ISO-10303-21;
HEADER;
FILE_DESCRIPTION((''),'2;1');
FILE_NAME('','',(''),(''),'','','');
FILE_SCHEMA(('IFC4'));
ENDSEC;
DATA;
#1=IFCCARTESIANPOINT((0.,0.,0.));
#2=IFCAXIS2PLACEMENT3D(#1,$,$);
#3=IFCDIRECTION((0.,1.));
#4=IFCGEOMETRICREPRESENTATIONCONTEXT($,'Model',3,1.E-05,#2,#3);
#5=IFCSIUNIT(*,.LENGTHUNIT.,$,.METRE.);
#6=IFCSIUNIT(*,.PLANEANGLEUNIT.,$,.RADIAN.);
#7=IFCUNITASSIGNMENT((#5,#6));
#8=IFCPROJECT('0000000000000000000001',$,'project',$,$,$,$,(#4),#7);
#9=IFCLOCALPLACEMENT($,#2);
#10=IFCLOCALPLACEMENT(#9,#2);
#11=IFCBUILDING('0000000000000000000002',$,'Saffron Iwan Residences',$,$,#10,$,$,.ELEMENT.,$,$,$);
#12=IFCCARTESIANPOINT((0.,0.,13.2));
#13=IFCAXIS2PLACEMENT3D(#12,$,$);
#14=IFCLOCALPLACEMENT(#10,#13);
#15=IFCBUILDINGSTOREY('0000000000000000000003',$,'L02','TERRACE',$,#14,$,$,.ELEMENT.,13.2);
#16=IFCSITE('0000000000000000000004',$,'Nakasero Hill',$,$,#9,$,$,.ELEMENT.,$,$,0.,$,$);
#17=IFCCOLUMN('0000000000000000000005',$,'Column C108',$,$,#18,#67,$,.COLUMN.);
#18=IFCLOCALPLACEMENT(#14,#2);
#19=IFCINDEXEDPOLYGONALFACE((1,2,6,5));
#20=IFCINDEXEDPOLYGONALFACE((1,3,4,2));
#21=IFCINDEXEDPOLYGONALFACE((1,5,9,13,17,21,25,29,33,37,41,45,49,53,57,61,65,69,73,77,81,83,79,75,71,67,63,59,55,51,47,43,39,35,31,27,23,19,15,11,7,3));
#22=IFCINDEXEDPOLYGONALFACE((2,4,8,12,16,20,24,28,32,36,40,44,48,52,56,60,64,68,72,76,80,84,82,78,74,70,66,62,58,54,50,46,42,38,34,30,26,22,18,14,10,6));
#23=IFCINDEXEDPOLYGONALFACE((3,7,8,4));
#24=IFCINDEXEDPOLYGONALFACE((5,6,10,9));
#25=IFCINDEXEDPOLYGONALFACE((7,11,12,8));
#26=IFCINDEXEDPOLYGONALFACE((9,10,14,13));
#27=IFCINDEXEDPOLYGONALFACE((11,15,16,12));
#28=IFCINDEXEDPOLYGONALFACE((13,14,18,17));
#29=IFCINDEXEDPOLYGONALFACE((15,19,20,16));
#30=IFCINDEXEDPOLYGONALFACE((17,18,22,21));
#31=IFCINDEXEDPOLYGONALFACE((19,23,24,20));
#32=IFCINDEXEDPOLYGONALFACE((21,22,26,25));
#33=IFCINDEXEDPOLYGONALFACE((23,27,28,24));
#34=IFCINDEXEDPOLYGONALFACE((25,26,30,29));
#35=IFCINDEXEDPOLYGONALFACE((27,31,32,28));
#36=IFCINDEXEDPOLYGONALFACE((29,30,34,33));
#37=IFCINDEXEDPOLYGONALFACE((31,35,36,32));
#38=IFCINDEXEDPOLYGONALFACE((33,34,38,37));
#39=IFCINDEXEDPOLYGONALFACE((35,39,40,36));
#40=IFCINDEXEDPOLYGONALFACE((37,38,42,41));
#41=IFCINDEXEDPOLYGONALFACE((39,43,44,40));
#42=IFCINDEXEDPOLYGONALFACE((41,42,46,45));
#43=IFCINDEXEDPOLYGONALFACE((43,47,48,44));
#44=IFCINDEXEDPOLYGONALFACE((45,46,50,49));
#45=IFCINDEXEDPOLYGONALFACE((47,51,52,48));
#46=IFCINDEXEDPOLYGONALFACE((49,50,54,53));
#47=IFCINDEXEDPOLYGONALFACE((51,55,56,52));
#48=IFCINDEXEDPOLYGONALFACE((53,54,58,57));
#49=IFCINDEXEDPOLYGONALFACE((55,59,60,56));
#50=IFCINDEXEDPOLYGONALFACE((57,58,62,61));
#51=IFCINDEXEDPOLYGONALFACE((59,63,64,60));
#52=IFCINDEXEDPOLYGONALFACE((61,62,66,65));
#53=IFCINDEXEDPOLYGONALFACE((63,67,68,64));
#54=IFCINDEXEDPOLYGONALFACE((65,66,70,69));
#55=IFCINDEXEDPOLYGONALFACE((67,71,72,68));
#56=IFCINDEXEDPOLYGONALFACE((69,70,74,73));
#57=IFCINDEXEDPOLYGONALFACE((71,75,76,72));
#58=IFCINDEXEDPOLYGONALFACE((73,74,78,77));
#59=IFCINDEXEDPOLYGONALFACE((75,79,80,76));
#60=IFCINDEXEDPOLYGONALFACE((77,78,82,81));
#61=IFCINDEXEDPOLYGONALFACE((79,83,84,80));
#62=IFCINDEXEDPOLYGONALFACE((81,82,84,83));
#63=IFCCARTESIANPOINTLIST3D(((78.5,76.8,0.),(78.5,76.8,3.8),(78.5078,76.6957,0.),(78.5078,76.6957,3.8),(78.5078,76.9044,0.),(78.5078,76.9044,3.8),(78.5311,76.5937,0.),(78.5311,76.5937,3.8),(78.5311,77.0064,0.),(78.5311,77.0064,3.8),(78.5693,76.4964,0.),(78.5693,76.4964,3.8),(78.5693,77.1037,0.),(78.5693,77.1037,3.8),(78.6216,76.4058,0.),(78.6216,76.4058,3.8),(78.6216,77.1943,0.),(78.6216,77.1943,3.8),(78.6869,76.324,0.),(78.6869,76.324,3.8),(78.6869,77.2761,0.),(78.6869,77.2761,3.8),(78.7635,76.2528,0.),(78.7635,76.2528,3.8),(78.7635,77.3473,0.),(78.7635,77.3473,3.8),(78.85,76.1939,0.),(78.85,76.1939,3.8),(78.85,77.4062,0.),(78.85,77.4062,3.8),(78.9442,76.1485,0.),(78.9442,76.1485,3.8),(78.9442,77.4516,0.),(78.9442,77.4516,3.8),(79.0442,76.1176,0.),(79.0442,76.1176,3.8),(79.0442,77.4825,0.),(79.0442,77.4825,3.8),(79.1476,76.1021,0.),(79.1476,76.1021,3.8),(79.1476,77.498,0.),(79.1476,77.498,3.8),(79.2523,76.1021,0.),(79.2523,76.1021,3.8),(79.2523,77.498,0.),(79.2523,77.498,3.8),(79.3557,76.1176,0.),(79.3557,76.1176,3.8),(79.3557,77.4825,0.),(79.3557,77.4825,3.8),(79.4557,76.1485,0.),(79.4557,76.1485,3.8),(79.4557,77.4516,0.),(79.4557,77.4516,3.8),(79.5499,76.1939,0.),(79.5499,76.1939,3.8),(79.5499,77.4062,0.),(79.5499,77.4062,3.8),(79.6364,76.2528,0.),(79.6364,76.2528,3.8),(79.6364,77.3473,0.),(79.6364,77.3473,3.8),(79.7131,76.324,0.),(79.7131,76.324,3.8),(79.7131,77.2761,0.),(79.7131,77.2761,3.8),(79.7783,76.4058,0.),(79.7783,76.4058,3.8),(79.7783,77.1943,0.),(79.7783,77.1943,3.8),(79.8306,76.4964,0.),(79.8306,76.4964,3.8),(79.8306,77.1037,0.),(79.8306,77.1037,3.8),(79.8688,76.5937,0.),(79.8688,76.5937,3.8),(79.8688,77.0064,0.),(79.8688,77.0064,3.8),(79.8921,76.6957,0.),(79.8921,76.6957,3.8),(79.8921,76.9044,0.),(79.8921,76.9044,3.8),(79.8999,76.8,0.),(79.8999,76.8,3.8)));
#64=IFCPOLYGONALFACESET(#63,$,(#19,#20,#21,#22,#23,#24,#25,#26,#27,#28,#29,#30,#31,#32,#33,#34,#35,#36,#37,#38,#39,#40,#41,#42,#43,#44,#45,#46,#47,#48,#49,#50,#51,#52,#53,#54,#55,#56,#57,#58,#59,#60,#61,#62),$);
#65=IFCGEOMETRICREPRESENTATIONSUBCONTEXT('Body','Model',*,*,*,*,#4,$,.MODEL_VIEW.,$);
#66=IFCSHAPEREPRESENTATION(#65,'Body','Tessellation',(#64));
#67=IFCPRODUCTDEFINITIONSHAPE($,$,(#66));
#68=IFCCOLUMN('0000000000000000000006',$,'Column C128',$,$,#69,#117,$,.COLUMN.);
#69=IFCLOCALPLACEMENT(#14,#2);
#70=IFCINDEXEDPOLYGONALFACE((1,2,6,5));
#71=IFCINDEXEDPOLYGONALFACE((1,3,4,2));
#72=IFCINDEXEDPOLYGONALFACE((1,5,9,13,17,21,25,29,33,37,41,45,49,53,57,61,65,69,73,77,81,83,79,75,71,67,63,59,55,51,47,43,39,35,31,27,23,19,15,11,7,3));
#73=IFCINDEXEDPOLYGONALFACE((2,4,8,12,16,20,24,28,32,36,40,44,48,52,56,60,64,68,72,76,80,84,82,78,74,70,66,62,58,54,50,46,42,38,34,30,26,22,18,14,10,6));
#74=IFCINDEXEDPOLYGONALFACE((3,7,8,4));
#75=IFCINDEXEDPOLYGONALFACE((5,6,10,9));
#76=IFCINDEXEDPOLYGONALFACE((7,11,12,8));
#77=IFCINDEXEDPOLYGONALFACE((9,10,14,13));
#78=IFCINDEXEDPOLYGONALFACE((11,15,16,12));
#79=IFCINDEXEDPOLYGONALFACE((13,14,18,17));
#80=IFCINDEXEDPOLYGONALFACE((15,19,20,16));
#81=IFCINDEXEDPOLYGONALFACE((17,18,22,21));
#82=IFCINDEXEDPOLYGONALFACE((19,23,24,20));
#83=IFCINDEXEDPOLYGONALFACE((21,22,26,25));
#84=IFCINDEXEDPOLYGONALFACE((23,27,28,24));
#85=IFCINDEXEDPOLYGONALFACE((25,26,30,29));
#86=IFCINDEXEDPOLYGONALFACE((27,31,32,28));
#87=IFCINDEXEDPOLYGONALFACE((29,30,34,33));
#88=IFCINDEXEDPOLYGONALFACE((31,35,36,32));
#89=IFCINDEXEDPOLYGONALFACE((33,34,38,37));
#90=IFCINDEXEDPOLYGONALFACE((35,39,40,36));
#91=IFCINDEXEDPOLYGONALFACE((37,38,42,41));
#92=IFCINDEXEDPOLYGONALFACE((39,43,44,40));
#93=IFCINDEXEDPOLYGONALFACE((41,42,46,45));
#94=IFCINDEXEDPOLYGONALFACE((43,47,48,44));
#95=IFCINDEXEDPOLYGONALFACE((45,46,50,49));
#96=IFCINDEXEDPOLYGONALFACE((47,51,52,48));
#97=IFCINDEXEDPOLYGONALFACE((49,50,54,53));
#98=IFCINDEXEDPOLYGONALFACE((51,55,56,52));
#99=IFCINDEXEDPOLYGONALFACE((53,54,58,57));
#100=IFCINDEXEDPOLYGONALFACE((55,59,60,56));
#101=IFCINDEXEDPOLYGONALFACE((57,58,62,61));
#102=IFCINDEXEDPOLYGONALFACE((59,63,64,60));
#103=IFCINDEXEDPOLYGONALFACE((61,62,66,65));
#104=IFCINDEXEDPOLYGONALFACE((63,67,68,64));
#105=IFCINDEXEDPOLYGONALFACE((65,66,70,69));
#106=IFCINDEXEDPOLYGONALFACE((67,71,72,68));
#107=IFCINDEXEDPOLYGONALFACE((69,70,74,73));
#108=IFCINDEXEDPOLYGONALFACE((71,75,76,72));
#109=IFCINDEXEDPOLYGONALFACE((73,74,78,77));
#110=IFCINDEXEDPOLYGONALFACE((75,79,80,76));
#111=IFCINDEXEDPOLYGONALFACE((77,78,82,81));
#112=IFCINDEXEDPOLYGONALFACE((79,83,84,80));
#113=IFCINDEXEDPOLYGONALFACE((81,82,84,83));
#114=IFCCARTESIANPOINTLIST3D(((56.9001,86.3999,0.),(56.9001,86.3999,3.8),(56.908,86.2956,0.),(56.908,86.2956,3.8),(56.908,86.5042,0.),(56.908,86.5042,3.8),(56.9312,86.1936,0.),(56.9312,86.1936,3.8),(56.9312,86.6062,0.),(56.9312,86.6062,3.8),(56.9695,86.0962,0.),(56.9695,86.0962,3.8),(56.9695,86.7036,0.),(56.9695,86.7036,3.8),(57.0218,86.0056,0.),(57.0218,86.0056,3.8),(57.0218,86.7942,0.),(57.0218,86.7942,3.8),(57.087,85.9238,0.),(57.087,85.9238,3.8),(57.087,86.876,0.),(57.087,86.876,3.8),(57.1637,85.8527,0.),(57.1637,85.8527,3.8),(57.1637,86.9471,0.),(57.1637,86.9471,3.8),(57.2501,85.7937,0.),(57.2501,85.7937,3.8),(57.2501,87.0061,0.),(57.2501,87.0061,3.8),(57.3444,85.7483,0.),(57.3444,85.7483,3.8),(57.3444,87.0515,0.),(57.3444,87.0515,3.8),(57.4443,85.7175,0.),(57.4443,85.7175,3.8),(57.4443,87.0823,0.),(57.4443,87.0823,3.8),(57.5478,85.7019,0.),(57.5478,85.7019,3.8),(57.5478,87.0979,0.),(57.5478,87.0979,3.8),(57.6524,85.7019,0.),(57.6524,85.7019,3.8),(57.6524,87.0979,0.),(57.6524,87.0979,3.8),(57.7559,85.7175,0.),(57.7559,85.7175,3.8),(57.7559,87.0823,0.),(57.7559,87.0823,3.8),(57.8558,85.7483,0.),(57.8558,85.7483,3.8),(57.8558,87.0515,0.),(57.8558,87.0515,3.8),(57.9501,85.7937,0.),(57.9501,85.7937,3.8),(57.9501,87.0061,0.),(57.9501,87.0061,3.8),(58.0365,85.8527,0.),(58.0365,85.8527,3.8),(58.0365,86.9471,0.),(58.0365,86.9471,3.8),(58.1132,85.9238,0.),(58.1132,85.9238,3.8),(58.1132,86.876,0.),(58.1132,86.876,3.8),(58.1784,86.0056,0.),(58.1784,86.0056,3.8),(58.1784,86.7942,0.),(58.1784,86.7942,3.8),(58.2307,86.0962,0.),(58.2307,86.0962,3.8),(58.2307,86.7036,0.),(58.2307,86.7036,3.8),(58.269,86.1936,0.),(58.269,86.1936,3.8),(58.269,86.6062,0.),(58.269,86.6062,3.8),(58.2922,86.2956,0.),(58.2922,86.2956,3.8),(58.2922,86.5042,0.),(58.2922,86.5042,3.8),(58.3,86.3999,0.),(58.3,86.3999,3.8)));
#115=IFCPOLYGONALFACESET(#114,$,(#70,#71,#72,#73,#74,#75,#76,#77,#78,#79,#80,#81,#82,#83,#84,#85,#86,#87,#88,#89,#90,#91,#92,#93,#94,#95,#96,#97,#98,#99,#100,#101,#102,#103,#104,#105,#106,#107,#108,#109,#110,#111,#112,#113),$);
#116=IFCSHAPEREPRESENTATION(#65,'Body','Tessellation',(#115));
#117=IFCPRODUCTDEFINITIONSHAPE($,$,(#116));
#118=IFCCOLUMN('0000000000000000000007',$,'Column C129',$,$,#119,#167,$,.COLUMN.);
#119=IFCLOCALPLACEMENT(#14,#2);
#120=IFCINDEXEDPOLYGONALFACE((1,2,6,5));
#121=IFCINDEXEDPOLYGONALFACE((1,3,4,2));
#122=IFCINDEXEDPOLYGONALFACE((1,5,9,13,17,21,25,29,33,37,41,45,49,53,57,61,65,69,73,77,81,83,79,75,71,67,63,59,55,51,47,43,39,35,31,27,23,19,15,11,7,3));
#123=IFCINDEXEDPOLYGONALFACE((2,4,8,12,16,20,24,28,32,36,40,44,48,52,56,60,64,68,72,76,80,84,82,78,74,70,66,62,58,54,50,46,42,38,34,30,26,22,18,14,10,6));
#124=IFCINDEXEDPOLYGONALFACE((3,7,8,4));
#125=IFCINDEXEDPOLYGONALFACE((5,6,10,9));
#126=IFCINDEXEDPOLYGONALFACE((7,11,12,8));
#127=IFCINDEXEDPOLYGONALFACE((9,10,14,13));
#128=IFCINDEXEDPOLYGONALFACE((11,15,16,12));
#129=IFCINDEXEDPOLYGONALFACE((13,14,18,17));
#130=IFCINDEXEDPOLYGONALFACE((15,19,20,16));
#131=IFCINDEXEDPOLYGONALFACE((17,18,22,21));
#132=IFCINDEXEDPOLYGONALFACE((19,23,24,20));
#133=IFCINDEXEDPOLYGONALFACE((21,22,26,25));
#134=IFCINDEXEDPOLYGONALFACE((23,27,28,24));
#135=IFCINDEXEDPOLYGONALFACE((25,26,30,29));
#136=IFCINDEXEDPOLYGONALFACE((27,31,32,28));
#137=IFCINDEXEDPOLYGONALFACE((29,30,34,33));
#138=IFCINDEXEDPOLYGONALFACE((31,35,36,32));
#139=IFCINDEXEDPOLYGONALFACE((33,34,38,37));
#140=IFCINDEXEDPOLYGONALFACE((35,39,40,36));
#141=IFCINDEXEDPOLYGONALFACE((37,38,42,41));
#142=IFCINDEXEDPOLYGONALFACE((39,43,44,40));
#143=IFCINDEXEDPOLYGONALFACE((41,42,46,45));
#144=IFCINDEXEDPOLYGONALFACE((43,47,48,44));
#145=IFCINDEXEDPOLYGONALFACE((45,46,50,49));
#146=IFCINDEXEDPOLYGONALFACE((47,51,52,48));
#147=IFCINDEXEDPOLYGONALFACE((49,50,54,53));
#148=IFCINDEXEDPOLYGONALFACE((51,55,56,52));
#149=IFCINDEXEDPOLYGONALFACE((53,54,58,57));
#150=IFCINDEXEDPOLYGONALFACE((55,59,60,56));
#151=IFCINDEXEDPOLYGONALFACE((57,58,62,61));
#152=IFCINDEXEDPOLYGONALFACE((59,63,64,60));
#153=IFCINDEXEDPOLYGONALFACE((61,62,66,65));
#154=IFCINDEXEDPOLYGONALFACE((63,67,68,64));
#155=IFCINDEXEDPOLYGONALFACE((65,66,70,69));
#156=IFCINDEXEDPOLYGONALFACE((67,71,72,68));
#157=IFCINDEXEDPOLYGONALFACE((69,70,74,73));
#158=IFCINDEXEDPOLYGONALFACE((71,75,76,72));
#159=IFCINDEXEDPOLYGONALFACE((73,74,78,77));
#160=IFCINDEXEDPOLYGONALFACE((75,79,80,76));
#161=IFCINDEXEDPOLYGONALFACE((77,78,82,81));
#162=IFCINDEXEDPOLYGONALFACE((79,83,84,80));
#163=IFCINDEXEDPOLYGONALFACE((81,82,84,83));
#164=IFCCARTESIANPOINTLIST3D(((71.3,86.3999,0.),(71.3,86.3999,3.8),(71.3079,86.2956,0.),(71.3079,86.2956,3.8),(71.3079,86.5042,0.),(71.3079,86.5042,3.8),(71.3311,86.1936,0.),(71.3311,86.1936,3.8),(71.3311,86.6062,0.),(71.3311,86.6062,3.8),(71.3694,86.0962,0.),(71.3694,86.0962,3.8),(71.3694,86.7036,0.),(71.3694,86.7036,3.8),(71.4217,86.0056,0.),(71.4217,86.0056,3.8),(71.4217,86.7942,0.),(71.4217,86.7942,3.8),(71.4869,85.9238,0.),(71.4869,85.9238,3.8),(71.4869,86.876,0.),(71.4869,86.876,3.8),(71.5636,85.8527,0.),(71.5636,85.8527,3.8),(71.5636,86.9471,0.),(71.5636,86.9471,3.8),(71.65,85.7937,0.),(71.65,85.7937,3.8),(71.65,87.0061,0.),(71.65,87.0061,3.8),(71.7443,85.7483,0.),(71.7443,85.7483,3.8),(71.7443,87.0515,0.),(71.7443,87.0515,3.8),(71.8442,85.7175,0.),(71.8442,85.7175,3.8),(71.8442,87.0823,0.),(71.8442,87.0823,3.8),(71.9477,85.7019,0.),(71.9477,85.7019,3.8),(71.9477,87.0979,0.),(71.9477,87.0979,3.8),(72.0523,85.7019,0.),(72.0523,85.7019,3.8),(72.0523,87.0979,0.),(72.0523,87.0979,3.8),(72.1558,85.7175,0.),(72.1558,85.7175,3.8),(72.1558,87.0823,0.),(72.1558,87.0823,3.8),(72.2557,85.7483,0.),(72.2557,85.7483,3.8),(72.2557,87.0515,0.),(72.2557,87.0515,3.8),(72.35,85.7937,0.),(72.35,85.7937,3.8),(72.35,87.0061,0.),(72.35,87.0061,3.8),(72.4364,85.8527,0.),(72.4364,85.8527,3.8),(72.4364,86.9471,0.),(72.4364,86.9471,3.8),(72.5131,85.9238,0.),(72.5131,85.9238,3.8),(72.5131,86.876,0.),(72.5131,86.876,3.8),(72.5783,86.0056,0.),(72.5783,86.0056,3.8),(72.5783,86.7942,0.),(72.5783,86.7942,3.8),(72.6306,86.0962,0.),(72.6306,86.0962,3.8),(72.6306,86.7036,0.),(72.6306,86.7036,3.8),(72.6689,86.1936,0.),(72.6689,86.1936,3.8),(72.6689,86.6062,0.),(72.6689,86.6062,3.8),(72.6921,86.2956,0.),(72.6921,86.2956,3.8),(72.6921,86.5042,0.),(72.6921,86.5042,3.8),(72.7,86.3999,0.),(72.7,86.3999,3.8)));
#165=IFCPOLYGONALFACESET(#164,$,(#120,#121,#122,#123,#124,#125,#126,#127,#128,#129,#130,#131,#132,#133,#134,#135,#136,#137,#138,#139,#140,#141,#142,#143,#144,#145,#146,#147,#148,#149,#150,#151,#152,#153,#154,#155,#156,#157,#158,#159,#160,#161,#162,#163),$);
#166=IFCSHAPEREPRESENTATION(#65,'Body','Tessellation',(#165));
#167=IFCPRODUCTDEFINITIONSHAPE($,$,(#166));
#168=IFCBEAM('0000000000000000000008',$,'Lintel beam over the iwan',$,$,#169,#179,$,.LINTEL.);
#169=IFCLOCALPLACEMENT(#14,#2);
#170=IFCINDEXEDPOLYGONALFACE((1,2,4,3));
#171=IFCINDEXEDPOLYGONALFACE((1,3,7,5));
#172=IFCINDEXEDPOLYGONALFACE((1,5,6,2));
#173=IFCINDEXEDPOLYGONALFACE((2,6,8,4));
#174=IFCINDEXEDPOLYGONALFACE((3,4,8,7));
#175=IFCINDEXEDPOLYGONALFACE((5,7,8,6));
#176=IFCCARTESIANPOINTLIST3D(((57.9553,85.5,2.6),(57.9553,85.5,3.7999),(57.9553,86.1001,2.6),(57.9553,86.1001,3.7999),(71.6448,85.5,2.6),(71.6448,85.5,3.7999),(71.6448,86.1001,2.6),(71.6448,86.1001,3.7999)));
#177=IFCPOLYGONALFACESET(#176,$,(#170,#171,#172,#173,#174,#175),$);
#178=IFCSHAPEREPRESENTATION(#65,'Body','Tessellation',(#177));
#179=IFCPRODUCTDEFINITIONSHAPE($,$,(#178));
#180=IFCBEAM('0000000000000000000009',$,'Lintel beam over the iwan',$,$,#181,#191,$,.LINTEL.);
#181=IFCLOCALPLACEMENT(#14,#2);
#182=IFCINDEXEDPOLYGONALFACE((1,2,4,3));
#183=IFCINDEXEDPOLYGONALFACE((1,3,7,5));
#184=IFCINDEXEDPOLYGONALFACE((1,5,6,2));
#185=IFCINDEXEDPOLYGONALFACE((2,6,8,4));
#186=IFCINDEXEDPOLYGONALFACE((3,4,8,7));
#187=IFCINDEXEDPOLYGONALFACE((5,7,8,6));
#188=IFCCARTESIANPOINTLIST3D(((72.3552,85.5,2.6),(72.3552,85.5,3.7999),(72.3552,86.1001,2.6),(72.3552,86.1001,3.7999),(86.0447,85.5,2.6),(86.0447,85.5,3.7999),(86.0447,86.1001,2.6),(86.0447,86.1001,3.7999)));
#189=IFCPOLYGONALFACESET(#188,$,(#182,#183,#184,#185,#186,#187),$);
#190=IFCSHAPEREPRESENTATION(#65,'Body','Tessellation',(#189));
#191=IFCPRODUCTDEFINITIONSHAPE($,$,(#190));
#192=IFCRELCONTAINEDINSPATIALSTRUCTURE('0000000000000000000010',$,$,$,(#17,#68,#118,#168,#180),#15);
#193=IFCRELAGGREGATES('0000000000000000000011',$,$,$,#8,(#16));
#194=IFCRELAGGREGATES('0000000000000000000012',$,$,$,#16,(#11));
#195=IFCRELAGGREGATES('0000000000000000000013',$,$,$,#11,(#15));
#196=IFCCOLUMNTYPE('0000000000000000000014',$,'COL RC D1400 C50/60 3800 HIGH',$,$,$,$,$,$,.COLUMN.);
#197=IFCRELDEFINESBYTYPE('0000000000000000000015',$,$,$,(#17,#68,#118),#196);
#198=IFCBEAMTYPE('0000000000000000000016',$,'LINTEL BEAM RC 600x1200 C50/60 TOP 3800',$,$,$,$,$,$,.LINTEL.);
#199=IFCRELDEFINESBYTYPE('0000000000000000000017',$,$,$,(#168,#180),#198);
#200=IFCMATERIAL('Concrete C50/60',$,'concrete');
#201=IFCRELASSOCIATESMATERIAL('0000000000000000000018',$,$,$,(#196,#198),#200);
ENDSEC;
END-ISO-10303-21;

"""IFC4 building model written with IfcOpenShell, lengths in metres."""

from ifc_helpers import new_model, si_unit, direction, frame, origin, origin_2d, place, context, subcontext, project, spatial, rectangle, circle, extrude, source, transform, mapped, material, material_profile, profile_set, type_object, element, save


model = new_model("IFC4")

# Units and contexts
model_context = context("Model", 3, precision=1e-05, world=origin(), true_north=direction((0.0, 1.0)))
body_context = subcontext(model_context, "Body", "Model", "MODEL_VIEW")
ifc_project = project(units=[si_unit("LENGTHUNIT", "METRE"), si_unit("PLANEANGLEUNIT", "RADIAN")], contexts=[model_context])

# Site, building, storey
site_placement = place(None, origin())
site = spatial("IfcSite", under=ifc_project, at=site_placement, Name="Nakasero Hill", CompositionType="ELEMENT", RefElevation=0.0)
building_placement = place(site_placement, origin())
building = spatial("IfcBuilding", under=site, at=building_placement, Name="Saffron Iwan Residences", CompositionType="ELEMENT")
storey_placement = place(building_placement, frame((0.0, 0.0, 13.2)))
storey = spatial("IfcBuildingStorey", under=building, at=storey_placement, Name="L02", Description="TERRACE", CompositionType="ELEMENT", Elevation=13.2)

# Columns
ifc_material_1 = material(Name="Concrete C50/60", Category="concrete")
ifc_material_profile_1 = material_profile(ifc_material_1, circle(Radius=0.7, at=origin_2d()), Name="RC D1400")
ifc_profile_set_1 = profile_set([ifc_material_profile_1], Name="Concrete C50/60")
column_type = type_object("IfcColumnType", Name="COL RC D1400 C50/60 3800 HIGH", PredefinedType="COLUMN", material=ifc_profile_set_1)
shared_shape_1 = source(origin(), body_context, "Body", "SweptSolid", [
    extrude(circle(Radius=0.7, at=origin_2d()), origin(), (0.0, 0.0, 1.0), 3.8),
])
for number, where, z_axis, x_axis, name in (
    (1, (79.2, 76.8, 0.0), (0.0, 0.0, 1.0), (1.0, 0.0, 0.0), "Column C108"),
    (2, (57.6001, 86.3999, 0.0), (0.0, 0.0, 1.0), (1.0, 0.0, 0.0), "Column C128"),
    (3, (72.0, 86.3999, 0.0), (0.0, 0.0, 1.0), (1.0, 0.0, 0.0), "Column C129"),
):
    element("IfcColumn", number, at=place(storey_placement, frame(where, z_axis=z_axis, x_axis=x_axis)), inside=storey, type_object=column_type, Name=name, PredefinedType="COLUMN", context=body_context, shape_type="MappedRepresentation", body=[
        mapped(shared_shape_1, transform((0.0, 0.0, 0.0))),
    ])

# Beams
ifc_material_profile_2 = material_profile(ifc_material_1, rectangle(XDim=0.6001, YDim=1.2, at=origin_2d()), Name="RC 600x1200")
ifc_profile_set_2 = profile_set([ifc_material_profile_2], Name="Concrete C50/60")
beam_type = type_object("IfcBeamType", Name="LINTEL BEAM RC 600x1200 C50/60 TOP 3800", PredefinedType="LINTEL", material=ifc_profile_set_2)
shared_shape_2 = source(origin(), body_context, "Body", "SweptSolid", [
    extrude(rectangle(XDim=0.6001, YDim=1.2, at=origin_2d()), origin(), (0.0, 0.0, 1.0), 13.6895),
])
for number, where, z_axis, x_axis, name in (
    (4, (57.9553, 85.8, 3.2), (1.0, 0.0, 0.0), (0.0, 1.0, 0.0), "Lintel beam over the iwan"),
    (5, (72.3552, 85.8, 3.2), (1.0, 0.0, 0.0), (0.0, 1.0, 0.0), "Lintel beam over the iwan"),
):
    element("IfcBeam", number, at=place(storey_placement, frame(where, z_axis=z_axis, x_axis=x_axis)), inside=storey, type_object=beam_type, Name=name, PredefinedType="LINTEL", context=body_context, shape_type="MappedRepresentation", body=[
        mapped(shared_shape_2, transform((0.0, 0.0, 0.0))),
    ])

save(model, "model.ifc")
